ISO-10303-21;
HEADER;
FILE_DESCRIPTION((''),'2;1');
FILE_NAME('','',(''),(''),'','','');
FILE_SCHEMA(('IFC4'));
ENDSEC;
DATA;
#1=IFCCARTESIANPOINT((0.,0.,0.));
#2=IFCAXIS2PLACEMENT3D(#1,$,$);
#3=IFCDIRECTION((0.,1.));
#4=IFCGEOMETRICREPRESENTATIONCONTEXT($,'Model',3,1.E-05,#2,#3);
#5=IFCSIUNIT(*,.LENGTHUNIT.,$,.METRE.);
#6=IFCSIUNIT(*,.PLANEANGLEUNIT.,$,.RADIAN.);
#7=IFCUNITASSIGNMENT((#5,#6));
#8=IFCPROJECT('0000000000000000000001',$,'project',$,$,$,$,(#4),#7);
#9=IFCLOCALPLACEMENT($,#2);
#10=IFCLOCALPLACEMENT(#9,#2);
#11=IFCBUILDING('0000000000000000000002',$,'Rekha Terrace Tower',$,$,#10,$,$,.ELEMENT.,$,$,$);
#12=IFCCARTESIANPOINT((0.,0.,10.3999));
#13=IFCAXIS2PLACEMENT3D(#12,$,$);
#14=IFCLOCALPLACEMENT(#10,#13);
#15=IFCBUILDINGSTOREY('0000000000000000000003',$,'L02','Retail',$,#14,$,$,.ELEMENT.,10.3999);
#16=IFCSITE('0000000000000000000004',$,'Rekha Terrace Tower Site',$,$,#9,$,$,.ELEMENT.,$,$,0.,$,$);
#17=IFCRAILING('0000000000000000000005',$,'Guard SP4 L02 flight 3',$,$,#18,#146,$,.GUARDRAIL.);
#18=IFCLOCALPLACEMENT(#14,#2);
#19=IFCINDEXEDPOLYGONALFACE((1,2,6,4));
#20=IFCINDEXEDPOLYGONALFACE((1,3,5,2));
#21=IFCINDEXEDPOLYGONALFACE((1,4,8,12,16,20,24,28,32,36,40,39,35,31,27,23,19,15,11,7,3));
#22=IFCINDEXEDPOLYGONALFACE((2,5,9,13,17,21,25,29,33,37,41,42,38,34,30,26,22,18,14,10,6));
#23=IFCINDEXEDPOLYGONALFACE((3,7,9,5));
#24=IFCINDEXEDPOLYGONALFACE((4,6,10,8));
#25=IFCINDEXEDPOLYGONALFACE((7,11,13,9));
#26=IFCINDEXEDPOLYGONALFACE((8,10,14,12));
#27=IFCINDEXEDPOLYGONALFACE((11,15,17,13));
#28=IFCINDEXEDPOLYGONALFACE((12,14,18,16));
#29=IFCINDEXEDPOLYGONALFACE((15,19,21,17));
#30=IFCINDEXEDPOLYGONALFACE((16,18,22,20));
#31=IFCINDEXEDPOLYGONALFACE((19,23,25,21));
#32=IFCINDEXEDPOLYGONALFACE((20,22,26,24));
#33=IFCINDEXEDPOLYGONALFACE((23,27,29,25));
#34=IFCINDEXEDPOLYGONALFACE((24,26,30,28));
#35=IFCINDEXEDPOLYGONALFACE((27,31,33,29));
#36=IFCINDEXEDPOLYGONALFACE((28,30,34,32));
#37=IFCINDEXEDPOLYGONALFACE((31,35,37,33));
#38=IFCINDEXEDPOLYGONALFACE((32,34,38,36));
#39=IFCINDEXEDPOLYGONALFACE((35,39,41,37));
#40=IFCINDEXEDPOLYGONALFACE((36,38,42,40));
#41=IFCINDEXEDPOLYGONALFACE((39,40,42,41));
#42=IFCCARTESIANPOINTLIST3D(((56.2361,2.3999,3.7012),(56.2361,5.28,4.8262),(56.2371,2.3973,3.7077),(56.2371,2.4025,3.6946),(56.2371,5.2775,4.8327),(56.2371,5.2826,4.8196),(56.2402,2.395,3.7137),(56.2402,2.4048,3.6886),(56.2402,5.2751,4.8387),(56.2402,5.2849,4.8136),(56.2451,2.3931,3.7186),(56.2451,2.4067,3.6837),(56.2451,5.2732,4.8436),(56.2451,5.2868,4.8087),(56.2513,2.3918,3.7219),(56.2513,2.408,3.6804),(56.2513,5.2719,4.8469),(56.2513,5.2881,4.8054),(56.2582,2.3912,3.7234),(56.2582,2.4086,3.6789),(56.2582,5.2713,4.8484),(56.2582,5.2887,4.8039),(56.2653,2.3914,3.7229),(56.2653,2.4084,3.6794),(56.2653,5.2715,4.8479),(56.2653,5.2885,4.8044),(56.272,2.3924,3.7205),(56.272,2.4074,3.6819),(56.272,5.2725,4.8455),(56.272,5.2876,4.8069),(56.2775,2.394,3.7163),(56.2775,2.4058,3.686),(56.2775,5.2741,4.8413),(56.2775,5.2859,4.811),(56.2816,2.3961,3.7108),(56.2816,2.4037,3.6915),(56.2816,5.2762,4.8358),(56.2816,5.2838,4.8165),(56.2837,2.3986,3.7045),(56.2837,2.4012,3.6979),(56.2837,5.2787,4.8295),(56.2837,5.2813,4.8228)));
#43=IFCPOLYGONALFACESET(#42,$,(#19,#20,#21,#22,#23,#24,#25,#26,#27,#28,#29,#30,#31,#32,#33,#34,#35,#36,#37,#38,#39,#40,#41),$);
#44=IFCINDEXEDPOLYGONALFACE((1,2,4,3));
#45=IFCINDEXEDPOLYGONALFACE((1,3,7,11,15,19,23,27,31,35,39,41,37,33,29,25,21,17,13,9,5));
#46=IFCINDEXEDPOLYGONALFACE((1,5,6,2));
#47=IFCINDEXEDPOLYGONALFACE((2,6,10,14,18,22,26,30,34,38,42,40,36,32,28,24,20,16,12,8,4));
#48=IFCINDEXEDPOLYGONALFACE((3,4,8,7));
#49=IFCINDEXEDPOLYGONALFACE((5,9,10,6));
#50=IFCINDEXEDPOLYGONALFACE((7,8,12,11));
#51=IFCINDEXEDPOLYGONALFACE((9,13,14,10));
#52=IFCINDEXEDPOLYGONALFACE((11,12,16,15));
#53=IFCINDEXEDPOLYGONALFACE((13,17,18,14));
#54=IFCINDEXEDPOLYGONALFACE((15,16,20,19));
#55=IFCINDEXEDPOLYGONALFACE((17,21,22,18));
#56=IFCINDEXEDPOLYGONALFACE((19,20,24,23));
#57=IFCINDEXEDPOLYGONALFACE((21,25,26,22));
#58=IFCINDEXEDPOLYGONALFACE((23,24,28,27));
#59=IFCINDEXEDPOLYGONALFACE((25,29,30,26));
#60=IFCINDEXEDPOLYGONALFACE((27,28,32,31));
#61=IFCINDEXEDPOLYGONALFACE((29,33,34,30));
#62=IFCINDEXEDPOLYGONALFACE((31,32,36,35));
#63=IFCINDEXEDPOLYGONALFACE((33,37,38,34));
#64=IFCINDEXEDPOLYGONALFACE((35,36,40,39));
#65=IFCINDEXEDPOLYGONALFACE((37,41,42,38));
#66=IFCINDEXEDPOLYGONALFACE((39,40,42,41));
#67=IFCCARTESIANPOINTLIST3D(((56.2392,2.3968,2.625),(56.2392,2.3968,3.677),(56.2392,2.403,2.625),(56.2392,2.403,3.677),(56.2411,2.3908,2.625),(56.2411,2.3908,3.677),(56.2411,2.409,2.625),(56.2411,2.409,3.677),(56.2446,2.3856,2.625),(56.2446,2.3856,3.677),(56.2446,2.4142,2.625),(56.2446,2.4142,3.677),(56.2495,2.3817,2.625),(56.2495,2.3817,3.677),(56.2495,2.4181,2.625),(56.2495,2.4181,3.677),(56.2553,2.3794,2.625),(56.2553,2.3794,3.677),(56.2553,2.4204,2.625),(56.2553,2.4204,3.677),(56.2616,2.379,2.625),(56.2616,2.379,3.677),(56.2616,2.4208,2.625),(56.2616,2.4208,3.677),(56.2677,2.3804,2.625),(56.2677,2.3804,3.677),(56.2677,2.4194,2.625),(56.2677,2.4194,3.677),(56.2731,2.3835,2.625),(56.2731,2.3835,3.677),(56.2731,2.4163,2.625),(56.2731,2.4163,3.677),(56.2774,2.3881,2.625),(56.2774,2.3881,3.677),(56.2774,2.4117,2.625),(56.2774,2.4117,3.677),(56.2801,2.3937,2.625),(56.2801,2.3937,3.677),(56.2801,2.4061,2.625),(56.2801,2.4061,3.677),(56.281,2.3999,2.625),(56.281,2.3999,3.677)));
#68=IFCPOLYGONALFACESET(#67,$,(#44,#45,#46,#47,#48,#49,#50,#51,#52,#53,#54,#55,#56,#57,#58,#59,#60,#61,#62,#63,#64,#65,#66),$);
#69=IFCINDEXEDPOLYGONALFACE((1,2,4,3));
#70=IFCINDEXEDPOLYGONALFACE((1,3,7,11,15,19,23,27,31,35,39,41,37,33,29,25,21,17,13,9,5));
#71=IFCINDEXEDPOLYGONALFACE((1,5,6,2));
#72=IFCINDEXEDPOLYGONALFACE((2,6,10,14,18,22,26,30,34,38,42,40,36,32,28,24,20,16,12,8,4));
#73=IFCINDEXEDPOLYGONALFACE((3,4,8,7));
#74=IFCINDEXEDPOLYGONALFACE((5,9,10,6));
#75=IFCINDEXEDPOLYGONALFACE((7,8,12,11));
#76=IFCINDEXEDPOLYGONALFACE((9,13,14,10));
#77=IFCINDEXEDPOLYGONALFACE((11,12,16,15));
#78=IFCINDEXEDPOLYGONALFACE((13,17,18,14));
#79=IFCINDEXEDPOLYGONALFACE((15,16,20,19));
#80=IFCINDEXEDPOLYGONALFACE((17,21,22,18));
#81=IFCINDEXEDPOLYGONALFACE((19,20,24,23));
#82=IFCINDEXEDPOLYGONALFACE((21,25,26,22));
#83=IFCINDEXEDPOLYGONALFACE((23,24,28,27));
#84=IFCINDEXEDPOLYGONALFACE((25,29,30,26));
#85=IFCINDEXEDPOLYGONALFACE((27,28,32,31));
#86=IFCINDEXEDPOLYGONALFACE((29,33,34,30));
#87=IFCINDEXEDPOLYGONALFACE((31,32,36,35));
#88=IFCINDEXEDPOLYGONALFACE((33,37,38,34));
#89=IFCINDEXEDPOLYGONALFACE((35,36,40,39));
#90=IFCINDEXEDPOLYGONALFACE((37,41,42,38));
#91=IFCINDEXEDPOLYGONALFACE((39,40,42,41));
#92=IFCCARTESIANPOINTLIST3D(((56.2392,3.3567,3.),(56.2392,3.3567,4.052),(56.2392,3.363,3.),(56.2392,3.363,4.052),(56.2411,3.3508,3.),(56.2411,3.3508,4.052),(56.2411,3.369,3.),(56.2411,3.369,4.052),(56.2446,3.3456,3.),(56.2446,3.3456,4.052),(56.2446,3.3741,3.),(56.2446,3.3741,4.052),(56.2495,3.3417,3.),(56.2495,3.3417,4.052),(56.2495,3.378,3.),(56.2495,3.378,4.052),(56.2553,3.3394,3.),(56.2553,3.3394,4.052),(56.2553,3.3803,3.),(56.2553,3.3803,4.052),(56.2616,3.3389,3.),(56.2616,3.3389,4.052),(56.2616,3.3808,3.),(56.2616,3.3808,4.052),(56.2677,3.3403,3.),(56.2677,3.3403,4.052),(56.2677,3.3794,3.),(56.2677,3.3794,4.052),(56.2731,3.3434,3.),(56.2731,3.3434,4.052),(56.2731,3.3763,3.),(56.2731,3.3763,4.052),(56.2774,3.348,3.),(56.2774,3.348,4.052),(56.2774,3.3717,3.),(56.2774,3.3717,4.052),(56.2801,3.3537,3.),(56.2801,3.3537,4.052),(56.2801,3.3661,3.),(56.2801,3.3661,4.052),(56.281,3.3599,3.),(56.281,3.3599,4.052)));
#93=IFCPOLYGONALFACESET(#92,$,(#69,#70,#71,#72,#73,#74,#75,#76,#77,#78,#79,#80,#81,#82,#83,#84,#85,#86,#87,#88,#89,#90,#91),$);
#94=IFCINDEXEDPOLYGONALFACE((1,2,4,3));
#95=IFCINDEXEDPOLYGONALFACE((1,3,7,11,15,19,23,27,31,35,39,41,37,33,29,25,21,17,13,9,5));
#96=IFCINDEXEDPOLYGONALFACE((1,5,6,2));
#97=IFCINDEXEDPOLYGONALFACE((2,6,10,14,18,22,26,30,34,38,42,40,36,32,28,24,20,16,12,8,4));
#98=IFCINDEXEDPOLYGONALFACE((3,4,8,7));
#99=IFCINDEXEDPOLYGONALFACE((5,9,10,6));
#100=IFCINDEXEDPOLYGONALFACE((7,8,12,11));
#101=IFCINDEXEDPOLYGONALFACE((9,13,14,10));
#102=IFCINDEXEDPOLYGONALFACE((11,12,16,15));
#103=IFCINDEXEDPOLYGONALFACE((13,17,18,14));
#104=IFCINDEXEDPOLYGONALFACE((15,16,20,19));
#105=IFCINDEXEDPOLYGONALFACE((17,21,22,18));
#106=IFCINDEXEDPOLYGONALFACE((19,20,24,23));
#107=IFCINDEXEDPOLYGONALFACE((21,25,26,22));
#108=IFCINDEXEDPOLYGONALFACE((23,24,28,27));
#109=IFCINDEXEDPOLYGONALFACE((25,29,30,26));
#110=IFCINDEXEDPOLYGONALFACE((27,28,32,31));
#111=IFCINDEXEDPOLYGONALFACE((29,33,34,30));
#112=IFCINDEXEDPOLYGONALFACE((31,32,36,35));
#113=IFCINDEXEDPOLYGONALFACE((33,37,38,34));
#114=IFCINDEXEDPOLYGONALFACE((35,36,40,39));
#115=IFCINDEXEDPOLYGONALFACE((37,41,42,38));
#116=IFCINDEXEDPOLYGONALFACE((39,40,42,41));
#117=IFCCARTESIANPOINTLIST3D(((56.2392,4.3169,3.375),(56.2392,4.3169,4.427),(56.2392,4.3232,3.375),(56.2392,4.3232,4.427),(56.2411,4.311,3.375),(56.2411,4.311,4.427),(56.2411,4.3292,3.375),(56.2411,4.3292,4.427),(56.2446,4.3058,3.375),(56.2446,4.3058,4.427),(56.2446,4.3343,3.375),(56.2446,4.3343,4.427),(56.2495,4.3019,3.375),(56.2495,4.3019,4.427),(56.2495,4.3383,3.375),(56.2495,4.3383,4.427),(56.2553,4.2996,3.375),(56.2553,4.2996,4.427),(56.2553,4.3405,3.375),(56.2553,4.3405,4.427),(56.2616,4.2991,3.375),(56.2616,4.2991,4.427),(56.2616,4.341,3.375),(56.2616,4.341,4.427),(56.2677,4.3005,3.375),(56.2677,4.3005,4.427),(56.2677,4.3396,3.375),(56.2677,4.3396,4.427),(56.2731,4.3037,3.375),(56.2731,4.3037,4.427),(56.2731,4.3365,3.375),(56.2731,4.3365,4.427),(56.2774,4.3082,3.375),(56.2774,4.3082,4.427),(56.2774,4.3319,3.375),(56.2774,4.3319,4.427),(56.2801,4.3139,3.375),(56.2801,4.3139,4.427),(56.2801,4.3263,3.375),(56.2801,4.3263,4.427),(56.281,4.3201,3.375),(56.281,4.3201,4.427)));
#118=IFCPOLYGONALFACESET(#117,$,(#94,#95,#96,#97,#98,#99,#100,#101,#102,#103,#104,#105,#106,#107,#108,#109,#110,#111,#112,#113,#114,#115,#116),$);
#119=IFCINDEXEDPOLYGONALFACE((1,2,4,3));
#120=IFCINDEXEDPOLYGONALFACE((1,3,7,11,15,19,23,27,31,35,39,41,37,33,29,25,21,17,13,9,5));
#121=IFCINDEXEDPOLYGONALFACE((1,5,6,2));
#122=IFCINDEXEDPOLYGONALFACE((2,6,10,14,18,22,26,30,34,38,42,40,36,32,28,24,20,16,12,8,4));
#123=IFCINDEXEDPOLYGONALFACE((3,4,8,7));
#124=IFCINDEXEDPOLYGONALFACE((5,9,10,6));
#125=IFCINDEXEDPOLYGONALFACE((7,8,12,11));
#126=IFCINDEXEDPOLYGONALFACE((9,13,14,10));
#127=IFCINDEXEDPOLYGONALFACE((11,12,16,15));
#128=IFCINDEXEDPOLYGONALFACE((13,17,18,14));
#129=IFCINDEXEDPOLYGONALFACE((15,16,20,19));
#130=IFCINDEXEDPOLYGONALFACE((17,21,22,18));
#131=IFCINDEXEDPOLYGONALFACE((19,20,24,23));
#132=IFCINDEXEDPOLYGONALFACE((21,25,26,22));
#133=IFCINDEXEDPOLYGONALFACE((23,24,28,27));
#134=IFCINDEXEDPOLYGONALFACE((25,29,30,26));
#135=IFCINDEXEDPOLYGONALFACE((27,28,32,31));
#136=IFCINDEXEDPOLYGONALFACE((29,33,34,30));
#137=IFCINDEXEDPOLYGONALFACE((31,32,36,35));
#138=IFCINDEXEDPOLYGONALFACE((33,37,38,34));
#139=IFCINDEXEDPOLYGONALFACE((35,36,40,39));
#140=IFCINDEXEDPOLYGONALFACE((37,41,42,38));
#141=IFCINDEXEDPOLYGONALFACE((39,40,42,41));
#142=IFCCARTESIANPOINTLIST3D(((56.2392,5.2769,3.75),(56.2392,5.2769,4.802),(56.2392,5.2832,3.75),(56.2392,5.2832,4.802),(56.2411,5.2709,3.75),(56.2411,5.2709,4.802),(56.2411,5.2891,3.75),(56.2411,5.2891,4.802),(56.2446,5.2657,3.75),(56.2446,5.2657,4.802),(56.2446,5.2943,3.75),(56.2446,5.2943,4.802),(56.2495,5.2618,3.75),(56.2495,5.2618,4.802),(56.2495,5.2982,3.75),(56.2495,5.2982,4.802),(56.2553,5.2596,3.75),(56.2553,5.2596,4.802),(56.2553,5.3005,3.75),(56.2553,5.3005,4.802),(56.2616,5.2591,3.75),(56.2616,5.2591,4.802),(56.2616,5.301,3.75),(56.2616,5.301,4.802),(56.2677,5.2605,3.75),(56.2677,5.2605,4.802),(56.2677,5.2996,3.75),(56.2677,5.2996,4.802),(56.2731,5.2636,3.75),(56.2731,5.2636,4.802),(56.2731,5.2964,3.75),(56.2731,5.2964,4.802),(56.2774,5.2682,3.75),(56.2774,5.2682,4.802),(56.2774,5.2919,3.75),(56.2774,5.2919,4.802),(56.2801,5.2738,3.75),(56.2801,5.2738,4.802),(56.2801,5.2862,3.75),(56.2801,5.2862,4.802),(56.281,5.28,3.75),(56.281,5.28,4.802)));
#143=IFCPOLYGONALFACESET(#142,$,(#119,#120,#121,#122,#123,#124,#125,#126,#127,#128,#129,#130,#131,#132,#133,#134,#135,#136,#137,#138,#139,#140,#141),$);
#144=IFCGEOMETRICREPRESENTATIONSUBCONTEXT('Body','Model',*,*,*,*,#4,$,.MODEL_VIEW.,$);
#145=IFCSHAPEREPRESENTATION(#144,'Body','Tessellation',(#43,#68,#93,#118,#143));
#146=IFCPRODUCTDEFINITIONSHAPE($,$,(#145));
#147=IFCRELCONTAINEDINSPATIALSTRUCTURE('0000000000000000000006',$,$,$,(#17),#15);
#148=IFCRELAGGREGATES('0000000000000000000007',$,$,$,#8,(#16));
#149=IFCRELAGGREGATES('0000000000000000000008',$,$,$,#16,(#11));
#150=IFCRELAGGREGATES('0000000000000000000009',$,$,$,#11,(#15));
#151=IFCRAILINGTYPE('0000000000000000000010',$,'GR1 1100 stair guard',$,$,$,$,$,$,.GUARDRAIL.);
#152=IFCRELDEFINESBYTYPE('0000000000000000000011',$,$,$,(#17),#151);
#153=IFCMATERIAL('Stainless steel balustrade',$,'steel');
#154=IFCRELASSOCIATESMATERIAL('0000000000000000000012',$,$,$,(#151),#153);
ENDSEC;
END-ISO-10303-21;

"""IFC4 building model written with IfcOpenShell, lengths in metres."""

from ifc_helpers import new_model, si_unit, direction, frame, origin, origin_2d, place, context, subcontext, project, spatial, circle, extrude, material, type_object, element, save


model = new_model("IFC4")

# Units and contexts
model_context = context("Model", 3, precision=1e-05, world=origin(), true_north=direction((0.0, 1.0)))
body_context = subcontext(model_context, "Body", "Model", "MODEL_VIEW")
ifc_project = project(units=[si_unit("LENGTHUNIT", "METRE"), si_unit("PLANEANGLEUNIT", "RADIAN")], contexts=[model_context])

# Site, building, storey
site_placement = place(None, origin())
site = spatial("IfcSite", under=ifc_project, at=site_placement, Name="Rekha Terrace Tower Site", CompositionType="ELEMENT", RefElevation=0.0)
building_placement = place(site_placement, origin())
building = spatial("IfcBuilding", under=site, at=building_placement, Name="Rekha Terrace Tower", CompositionType="ELEMENT")
storey_placement = place(building_placement, frame((0.0, 0.0, 10.3999)))
storey = spatial("IfcBuildingStorey", under=building, at=storey_placement, Name="L02", Description="Retail", CompositionType="ELEMENT", Elevation=10.3999)

# Railing
ifc_material_1 = material(Name="Stainless steel balustrade", Category="steel")
railing_type_1 = type_object("IfcRailingType", Name="GR1 1100 stair guard", PredefinedType="GUARDRAIL", material=ifc_material_1)
railing_1_placement = place(storey_placement, frame((56.26, 2.3999, 2.625)))
element("IfcRailing", 1, at=railing_1_placement, inside=storey, type_object=railing_type_1, Name="Guard SP4 L02 flight 3", PredefinedType="GUARDRAIL", context=body_context, shape_type="SweptSolid", body=[
    extrude(circle(Radius=0.0239, at=origin_2d()), frame((0.0, 0.0, 1.0762), z_axis=(0.0, 0.931463, 0.363837), x_axis=(-1.0, 0.0, 0.0)), (0.0, 0.0, 1.0), 3.092),
    extrude(circle(Radius=0.021, at=origin_2d()), origin(), (0.0, 0.0, 1.0), 1.052),
    extrude(circle(Radius=0.021, at=origin_2d()), frame((0.0, 0.96, 0.375)), (0.0, 0.0, 1.0), 1.052),
    extrude(circle(Radius=0.021, at=origin_2d()), frame((0.0, 1.9202, 0.75)), (0.0, 0.0, 1.0), 1.052),
    extrude(circle(Radius=0.021, at=origin_2d()), frame((0.0, 2.8801, 1.125)), (0.0, 0.0, 1.0), 1.052),
])

save(model, "model.ifc")
